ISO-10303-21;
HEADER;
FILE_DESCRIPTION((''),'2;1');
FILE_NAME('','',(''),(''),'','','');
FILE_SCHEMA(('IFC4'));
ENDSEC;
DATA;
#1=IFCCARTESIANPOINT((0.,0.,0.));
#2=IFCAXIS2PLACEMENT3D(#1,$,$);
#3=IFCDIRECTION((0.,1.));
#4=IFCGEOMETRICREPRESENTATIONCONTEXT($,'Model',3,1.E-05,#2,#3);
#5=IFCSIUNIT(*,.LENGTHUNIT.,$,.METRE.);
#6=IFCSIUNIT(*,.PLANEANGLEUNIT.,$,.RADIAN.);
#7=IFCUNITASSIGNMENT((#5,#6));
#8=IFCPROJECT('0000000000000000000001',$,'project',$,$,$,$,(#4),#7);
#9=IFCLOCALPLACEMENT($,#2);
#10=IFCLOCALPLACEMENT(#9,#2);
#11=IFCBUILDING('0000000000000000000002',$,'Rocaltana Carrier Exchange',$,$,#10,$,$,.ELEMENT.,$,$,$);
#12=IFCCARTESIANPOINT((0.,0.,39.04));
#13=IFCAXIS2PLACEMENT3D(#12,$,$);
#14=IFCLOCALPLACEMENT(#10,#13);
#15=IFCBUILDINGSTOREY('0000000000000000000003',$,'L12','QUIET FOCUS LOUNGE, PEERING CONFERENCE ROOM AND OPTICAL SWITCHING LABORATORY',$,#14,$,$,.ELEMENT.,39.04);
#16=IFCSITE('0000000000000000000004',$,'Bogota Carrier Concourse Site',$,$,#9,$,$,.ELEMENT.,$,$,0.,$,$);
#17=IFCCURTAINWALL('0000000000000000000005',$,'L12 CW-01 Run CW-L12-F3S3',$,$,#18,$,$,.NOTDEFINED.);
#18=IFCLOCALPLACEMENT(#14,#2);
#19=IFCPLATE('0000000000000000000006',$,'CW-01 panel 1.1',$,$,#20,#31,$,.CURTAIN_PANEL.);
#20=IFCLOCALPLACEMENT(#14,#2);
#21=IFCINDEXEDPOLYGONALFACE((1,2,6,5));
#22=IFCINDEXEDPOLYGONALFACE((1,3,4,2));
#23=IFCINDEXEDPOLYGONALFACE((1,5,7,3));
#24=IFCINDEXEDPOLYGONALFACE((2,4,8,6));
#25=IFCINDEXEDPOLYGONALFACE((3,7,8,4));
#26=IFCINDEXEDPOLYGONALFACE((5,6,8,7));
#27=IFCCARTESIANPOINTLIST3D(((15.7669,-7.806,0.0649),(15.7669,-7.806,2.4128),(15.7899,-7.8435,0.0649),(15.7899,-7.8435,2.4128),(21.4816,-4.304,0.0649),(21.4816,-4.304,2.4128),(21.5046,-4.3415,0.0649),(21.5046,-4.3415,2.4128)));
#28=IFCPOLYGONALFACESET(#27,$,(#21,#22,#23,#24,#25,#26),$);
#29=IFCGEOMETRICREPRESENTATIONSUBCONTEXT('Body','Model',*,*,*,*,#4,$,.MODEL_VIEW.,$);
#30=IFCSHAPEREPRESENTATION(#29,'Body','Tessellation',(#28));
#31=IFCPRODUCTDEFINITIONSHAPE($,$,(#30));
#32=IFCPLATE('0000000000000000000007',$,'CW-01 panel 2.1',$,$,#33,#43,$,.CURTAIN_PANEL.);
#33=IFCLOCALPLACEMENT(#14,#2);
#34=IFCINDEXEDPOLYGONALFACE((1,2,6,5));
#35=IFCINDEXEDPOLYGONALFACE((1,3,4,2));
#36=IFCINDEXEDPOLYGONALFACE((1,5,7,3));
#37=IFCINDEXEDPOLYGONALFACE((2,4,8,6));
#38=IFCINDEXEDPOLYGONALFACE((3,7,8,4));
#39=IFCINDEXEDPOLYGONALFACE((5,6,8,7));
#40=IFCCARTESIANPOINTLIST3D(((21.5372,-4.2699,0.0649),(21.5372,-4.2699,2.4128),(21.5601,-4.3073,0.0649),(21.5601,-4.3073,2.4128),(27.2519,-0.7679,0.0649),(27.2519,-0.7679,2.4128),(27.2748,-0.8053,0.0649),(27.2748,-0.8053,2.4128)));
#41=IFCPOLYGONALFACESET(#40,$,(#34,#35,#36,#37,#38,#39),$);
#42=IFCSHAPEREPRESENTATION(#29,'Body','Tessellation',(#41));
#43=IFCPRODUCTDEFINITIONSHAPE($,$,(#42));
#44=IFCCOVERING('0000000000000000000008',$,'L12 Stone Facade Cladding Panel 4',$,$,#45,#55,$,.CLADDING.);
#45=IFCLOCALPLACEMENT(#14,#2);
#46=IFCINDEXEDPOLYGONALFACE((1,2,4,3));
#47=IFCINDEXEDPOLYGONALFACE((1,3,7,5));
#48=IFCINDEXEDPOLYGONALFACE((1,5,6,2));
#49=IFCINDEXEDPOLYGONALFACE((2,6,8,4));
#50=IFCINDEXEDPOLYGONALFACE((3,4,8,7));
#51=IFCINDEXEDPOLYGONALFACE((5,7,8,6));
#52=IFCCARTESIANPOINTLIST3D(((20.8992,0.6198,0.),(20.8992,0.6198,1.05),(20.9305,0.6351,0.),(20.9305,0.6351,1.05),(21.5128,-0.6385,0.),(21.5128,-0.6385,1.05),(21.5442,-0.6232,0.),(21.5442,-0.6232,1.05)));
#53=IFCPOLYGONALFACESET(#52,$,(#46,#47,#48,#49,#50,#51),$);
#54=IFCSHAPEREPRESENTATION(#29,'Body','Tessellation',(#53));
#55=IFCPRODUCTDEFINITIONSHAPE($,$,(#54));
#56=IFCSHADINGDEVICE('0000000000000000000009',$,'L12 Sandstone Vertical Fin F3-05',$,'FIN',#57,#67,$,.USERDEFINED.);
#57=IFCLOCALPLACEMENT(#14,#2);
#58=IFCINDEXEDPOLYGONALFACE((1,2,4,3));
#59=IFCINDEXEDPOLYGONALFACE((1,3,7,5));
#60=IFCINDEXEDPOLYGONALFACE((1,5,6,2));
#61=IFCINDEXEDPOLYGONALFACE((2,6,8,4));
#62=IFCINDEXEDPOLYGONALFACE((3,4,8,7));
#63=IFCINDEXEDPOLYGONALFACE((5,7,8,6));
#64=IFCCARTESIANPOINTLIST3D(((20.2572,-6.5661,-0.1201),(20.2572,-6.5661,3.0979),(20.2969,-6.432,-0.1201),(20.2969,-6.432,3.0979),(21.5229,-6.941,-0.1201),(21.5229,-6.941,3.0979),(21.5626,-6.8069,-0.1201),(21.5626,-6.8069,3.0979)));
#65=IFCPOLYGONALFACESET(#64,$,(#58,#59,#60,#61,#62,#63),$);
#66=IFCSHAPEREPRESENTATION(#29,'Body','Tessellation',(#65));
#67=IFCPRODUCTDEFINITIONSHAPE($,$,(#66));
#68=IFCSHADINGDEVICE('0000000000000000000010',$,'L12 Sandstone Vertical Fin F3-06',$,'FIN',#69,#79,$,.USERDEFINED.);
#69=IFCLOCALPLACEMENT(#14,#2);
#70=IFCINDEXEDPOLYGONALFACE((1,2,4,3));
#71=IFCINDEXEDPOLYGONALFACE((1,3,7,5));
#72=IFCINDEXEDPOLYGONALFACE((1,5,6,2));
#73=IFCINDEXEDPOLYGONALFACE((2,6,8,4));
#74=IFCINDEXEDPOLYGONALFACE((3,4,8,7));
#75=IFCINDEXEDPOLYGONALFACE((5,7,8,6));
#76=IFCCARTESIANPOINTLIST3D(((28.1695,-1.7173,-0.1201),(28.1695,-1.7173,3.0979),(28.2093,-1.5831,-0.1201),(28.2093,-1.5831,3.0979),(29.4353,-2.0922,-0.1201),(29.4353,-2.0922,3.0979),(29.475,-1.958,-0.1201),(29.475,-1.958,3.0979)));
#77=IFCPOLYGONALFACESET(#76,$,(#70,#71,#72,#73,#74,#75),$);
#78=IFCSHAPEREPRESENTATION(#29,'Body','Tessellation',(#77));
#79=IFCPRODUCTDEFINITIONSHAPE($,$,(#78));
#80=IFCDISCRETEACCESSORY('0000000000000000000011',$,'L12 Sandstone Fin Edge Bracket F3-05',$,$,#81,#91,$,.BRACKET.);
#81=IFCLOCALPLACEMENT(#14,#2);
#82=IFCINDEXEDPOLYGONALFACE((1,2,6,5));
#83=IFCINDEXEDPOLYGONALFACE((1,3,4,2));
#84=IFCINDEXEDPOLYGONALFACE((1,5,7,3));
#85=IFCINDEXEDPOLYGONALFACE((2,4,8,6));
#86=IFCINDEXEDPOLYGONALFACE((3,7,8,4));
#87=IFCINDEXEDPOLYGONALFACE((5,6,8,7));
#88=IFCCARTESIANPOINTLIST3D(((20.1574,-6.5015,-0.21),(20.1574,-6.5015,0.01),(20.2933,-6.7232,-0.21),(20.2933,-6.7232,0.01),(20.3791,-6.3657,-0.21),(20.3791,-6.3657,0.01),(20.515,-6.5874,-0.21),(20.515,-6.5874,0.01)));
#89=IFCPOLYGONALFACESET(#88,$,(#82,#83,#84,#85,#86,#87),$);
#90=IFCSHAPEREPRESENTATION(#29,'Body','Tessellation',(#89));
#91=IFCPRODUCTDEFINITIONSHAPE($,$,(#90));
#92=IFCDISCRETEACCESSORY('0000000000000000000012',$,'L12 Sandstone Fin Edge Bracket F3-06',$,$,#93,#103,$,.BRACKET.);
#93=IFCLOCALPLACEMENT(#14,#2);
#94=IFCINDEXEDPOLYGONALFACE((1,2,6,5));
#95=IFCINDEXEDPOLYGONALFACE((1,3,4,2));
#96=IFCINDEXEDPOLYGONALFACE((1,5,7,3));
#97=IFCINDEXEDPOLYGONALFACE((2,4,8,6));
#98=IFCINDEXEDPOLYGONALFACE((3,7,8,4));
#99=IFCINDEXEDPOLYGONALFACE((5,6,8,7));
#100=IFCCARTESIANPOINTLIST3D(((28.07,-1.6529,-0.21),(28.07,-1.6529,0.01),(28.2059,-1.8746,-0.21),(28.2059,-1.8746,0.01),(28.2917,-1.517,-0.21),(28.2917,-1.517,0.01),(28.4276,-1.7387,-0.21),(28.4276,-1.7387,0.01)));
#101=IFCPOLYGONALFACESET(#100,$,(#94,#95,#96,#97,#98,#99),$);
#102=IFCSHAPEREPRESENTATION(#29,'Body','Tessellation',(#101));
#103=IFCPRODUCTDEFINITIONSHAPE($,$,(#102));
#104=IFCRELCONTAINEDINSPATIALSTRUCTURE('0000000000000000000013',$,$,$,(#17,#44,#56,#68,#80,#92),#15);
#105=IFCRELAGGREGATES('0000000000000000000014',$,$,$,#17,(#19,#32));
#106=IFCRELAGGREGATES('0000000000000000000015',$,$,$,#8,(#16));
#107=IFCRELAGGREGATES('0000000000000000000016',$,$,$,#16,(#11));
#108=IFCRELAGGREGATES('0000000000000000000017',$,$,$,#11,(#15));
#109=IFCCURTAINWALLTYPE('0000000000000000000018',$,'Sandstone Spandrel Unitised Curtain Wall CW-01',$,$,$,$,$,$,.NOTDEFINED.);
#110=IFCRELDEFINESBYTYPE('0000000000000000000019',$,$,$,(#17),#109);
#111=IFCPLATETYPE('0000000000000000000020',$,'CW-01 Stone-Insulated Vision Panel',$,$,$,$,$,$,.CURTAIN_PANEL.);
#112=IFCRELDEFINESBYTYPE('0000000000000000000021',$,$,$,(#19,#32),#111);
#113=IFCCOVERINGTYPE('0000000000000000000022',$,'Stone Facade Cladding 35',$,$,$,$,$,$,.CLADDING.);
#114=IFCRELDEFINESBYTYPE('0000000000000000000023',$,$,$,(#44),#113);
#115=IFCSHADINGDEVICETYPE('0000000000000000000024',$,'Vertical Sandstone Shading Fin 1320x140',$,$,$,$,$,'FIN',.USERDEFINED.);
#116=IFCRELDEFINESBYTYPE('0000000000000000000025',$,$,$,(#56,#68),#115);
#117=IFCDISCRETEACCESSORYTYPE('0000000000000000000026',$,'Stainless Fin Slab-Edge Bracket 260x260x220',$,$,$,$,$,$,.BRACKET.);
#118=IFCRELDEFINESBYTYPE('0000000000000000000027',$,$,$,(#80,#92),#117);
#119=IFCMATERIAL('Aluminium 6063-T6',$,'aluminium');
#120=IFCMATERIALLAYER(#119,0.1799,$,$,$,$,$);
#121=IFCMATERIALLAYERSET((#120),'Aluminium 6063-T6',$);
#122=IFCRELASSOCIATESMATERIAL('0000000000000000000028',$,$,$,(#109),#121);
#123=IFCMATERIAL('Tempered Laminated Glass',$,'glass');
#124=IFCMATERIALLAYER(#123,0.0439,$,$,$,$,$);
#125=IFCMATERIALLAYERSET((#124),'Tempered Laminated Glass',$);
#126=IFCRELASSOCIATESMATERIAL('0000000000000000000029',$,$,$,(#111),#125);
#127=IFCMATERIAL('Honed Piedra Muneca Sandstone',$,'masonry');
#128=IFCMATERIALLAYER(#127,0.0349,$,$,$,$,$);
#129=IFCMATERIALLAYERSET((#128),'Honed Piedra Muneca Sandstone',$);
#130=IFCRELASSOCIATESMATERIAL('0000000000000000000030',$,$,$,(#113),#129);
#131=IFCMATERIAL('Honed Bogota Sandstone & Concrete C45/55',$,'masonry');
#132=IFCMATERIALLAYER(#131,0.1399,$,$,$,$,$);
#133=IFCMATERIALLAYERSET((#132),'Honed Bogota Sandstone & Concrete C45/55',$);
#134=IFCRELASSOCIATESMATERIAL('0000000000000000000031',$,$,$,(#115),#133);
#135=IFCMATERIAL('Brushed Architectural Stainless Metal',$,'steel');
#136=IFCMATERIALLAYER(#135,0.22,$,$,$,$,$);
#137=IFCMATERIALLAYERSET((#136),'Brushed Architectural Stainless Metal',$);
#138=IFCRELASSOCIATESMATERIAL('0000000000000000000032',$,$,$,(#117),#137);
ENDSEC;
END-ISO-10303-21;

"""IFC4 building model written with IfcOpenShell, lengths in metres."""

from ifc_helpers import new_model, si_unit, direction, frame, origin, origin_2d, place, context, subcontext, project, spatial, rectangle, extrude, material, layer, layer_set, type_object, element, aggregate, save


model = new_model("IFC4")

# Units and contexts
model_context = context("Model", 3, precision=1e-05, world=origin(), true_north=direction((0.0, 1.0)))
body_context = subcontext(model_context, "Body", "Model", "MODEL_VIEW")
ifc_project = project(units=[si_unit("LENGTHUNIT", "METRE"), si_unit("PLANEANGLEUNIT", "RADIAN")], contexts=[model_context])

# Site, building, storey
site_placement = place(None, origin())
site = spatial("IfcSite", under=ifc_project, at=site_placement, Name="Bogota Carrier Concourse Site", CompositionType="ELEMENT", RefElevation=0.0)
building_placement = place(site_placement, origin())
building = spatial("IfcBuilding", under=site, at=building_placement, Name="Rocaltana Carrier Exchange", CompositionType="ELEMENT")
storey_placement = place(building_placement, frame((0.0, 0.0, 39.04)))
storey = spatial("IfcBuildingStorey", under=building, at=storey_placement, Name="L12", Description="QUIET FOCUS LOUNGE, PEERING CONFERENCE ROOM AND OPTICAL SWITCHING LABORATORY", CompositionType="ELEMENT", Elevation=39.04)

# Curtain wall
ifc_material_1 = material(Name="Aluminium 6063-T6", Category="aluminium")
ifc_layer_1 = layer(ifc_material_1, 0.1799)
ifc_layer_set_1 = layer_set([ifc_layer_1], Name="Aluminium 6063-T6")
curtain_wall_type = type_object("IfcCurtainWallType", Name="Sandstone Spandrel Unitised Curtain Wall CW-01", PredefinedType="NOTDEFINED", material=ifc_layer_set_1)
curtain_wall_placement = place(storey_placement, origin())
curtain_wall = element("IfcCurtainWall", 1, at=curtain_wall_placement, inside=storey, type_object=curtain_wall_type, Name="L12 CW-01 Run CW-L12-F3S3", PredefinedType="NOTDEFINED")

# Plates
ifc_material_2 = material(Name="Tempered Laminated Glass", Category="glass")
ifc_layer_2 = layer(ifc_material_2, 0.0439)
ifc_layer_set_2 = layer_set([ifc_layer_2], Name="Tempered Laminated Glass")
plate_type = type_object("IfcPlateType", Name="CW-01 Stone-Insulated Vision Panel", PredefinedType="CURTAIN_PANEL", material=ifc_layer_set_2)
plate_1_placement = place(storey_placement, frame((18.6357, -6.0737, 0.0649), z_axis=(0.0, 0.0, 1.0), x_axis=(0.852639, 0.5225, 0.0)))
plate_1 = element("IfcPlate", 2, at=plate_1_placement, type_object=plate_type, Name="CW-01 panel 1.1", PredefinedType="CURTAIN_PANEL", context=body_context, shape_type="SweptSolid", body=[
    extrude(rectangle(XDim=6.7024, YDim=0.0439, at=origin_2d()), origin(), (0.0, 0.0, 1.0), 2.3479),
])
plate_2_placement = place(storey_placement, frame((24.406, -2.5376, 0.0649), z_axis=(0.0, 0.0, 1.0), x_axis=(0.852639, 0.5225, 0.0)))
plate_2 = element("IfcPlate", 3, at=plate_2_placement, type_object=plate_type, Name="CW-01 panel 2.1", PredefinedType="CURTAIN_PANEL", context=body_context, shape_type="SweptSolid", body=[
    extrude(rectangle(XDim=6.7024, YDim=0.0439, at=origin_2d()), origin(), (0.0, 0.0, 1.0), 2.3479),
])
aggregate(curtain_wall, [plate_1, plate_2])

# Covering
ifc_material_3 = material(Name="Honed Piedra Muneca Sandstone", Category="masonry")
ifc_layer_3 = layer(ifc_material_3, 0.0349)
ifc_layer_set_3 = layer_set([ifc_layer_3], Name="Honed Piedra Muneca Sandstone")
covering_type = type_object("IfcCoveringType", Name="Stone Facade Cladding 35", PredefinedType="CLADDING", material=ifc_layer_set_3)
covering_placement = place(storey_placement, frame((21.2217, -0.0017, 0.0), z_axis=(0.0, 0.0, 1.0), x_axis=(-0.438371, 0.898794, 0.0)))
element("IfcCovering", 4, at=covering_placement, inside=storey, type_object=covering_type, Name="L12 Stone Facade Cladding Panel 4", PredefinedType="CLADDING", context=body_context, shape_type="SweptSolid", body=[
    extrude(rectangle(XDim=1.3999, YDim=0.0349, at=origin_2d()), origin(), (0.0, 0.0, 1.0), 1.05),
])

# Shading devices
ifc_material_4 = material(Name="Honed Bogota Sandstone & Concrete C45/55", Category="masonry")
ifc_layer_4 = layer(ifc_material_4, 0.1399)
ifc_layer_set_4 = layer_set([ifc_layer_4], Name="Honed Bogota Sandstone & Concrete C45/55")
shading_device_type = type_object("IfcShadingDeviceType", Name="Vertical Sandstone Shading Fin 1320x140", ElementType="FIN", PredefinedType="USERDEFINED", material=ifc_layer_set_4)
for number, where, z_axis, x_axis, name in (
    (5, (20.9099, -6.6865, -0.1201), (0.0, 0.0, 1.0), (0.95882, -0.284015, 0.0), "L12 Sandstone Vertical Fin F3-05"),
    (6, (28.8223, -1.8376, -0.1201), (0.0, 0.0, 1.0), (0.95882, -0.284015, 0.0), "L12 Sandstone Vertical Fin F3-06"),
):
    element("IfcShadingDevice", number, at=place(storey_placement, frame(where, z_axis=z_axis, x_axis=x_axis)), inside=storey, type_object=shading_device_type, Name=name, ObjectType="FIN", PredefinedType="USERDEFINED", context=body_context, shape_type="SweptSolid", body=[
        extrude(rectangle(XDim=1.3201, YDim=0.1399, at=origin_2d()), origin(), (0.0, 0.0, 1.0), 3.218),
    ])

# Discrete accessories
ifc_material_5 = material(Name="Brushed Architectural Stainless Metal", Category="steel")
ifc_layer_5 = layer(ifc_material_5, 0.22)
ifc_layer_set_5 = layer_set([ifc_layer_5], Name="Brushed Architectural Stainless Metal")
discrete_accessory_type = type_object("IfcDiscreteAccessoryType", Name="Stainless Fin Slab-Edge Bracket 260x260x220", PredefinedType="BRACKET", material=ifc_layer_set_5)
for number, where, z_axis, x_axis, name in (
    (7, (20.3362, -6.5444, -0.21), (0.0, 0.0, 1.0), (0.85264, 0.522499, 0.0), "L12 Sandstone Fin Edge Bracket F3-05"),
    (8, (28.2488, -1.6958, -0.21), (0.0, 0.0, 1.0), (0.85264, 0.522499, 0.0), "L12 Sandstone Fin Edge Bracket F3-06"),
):
    element("IfcDiscreteAccessory", number, at=place(storey_placement, frame(where, z_axis=z_axis, x_axis=x_axis)), inside=storey, type_object=discrete_accessory_type, Name=name, PredefinedType="BRACKET", context=body_context, shape_type="SweptSolid", body=[
        extrude(rectangle(XDim=0.26, YDim=0.26, at=origin_2d()), origin(), (0.0, 0.0, 1.0), 0.22),
    ])

save(model, "model.ifc")
